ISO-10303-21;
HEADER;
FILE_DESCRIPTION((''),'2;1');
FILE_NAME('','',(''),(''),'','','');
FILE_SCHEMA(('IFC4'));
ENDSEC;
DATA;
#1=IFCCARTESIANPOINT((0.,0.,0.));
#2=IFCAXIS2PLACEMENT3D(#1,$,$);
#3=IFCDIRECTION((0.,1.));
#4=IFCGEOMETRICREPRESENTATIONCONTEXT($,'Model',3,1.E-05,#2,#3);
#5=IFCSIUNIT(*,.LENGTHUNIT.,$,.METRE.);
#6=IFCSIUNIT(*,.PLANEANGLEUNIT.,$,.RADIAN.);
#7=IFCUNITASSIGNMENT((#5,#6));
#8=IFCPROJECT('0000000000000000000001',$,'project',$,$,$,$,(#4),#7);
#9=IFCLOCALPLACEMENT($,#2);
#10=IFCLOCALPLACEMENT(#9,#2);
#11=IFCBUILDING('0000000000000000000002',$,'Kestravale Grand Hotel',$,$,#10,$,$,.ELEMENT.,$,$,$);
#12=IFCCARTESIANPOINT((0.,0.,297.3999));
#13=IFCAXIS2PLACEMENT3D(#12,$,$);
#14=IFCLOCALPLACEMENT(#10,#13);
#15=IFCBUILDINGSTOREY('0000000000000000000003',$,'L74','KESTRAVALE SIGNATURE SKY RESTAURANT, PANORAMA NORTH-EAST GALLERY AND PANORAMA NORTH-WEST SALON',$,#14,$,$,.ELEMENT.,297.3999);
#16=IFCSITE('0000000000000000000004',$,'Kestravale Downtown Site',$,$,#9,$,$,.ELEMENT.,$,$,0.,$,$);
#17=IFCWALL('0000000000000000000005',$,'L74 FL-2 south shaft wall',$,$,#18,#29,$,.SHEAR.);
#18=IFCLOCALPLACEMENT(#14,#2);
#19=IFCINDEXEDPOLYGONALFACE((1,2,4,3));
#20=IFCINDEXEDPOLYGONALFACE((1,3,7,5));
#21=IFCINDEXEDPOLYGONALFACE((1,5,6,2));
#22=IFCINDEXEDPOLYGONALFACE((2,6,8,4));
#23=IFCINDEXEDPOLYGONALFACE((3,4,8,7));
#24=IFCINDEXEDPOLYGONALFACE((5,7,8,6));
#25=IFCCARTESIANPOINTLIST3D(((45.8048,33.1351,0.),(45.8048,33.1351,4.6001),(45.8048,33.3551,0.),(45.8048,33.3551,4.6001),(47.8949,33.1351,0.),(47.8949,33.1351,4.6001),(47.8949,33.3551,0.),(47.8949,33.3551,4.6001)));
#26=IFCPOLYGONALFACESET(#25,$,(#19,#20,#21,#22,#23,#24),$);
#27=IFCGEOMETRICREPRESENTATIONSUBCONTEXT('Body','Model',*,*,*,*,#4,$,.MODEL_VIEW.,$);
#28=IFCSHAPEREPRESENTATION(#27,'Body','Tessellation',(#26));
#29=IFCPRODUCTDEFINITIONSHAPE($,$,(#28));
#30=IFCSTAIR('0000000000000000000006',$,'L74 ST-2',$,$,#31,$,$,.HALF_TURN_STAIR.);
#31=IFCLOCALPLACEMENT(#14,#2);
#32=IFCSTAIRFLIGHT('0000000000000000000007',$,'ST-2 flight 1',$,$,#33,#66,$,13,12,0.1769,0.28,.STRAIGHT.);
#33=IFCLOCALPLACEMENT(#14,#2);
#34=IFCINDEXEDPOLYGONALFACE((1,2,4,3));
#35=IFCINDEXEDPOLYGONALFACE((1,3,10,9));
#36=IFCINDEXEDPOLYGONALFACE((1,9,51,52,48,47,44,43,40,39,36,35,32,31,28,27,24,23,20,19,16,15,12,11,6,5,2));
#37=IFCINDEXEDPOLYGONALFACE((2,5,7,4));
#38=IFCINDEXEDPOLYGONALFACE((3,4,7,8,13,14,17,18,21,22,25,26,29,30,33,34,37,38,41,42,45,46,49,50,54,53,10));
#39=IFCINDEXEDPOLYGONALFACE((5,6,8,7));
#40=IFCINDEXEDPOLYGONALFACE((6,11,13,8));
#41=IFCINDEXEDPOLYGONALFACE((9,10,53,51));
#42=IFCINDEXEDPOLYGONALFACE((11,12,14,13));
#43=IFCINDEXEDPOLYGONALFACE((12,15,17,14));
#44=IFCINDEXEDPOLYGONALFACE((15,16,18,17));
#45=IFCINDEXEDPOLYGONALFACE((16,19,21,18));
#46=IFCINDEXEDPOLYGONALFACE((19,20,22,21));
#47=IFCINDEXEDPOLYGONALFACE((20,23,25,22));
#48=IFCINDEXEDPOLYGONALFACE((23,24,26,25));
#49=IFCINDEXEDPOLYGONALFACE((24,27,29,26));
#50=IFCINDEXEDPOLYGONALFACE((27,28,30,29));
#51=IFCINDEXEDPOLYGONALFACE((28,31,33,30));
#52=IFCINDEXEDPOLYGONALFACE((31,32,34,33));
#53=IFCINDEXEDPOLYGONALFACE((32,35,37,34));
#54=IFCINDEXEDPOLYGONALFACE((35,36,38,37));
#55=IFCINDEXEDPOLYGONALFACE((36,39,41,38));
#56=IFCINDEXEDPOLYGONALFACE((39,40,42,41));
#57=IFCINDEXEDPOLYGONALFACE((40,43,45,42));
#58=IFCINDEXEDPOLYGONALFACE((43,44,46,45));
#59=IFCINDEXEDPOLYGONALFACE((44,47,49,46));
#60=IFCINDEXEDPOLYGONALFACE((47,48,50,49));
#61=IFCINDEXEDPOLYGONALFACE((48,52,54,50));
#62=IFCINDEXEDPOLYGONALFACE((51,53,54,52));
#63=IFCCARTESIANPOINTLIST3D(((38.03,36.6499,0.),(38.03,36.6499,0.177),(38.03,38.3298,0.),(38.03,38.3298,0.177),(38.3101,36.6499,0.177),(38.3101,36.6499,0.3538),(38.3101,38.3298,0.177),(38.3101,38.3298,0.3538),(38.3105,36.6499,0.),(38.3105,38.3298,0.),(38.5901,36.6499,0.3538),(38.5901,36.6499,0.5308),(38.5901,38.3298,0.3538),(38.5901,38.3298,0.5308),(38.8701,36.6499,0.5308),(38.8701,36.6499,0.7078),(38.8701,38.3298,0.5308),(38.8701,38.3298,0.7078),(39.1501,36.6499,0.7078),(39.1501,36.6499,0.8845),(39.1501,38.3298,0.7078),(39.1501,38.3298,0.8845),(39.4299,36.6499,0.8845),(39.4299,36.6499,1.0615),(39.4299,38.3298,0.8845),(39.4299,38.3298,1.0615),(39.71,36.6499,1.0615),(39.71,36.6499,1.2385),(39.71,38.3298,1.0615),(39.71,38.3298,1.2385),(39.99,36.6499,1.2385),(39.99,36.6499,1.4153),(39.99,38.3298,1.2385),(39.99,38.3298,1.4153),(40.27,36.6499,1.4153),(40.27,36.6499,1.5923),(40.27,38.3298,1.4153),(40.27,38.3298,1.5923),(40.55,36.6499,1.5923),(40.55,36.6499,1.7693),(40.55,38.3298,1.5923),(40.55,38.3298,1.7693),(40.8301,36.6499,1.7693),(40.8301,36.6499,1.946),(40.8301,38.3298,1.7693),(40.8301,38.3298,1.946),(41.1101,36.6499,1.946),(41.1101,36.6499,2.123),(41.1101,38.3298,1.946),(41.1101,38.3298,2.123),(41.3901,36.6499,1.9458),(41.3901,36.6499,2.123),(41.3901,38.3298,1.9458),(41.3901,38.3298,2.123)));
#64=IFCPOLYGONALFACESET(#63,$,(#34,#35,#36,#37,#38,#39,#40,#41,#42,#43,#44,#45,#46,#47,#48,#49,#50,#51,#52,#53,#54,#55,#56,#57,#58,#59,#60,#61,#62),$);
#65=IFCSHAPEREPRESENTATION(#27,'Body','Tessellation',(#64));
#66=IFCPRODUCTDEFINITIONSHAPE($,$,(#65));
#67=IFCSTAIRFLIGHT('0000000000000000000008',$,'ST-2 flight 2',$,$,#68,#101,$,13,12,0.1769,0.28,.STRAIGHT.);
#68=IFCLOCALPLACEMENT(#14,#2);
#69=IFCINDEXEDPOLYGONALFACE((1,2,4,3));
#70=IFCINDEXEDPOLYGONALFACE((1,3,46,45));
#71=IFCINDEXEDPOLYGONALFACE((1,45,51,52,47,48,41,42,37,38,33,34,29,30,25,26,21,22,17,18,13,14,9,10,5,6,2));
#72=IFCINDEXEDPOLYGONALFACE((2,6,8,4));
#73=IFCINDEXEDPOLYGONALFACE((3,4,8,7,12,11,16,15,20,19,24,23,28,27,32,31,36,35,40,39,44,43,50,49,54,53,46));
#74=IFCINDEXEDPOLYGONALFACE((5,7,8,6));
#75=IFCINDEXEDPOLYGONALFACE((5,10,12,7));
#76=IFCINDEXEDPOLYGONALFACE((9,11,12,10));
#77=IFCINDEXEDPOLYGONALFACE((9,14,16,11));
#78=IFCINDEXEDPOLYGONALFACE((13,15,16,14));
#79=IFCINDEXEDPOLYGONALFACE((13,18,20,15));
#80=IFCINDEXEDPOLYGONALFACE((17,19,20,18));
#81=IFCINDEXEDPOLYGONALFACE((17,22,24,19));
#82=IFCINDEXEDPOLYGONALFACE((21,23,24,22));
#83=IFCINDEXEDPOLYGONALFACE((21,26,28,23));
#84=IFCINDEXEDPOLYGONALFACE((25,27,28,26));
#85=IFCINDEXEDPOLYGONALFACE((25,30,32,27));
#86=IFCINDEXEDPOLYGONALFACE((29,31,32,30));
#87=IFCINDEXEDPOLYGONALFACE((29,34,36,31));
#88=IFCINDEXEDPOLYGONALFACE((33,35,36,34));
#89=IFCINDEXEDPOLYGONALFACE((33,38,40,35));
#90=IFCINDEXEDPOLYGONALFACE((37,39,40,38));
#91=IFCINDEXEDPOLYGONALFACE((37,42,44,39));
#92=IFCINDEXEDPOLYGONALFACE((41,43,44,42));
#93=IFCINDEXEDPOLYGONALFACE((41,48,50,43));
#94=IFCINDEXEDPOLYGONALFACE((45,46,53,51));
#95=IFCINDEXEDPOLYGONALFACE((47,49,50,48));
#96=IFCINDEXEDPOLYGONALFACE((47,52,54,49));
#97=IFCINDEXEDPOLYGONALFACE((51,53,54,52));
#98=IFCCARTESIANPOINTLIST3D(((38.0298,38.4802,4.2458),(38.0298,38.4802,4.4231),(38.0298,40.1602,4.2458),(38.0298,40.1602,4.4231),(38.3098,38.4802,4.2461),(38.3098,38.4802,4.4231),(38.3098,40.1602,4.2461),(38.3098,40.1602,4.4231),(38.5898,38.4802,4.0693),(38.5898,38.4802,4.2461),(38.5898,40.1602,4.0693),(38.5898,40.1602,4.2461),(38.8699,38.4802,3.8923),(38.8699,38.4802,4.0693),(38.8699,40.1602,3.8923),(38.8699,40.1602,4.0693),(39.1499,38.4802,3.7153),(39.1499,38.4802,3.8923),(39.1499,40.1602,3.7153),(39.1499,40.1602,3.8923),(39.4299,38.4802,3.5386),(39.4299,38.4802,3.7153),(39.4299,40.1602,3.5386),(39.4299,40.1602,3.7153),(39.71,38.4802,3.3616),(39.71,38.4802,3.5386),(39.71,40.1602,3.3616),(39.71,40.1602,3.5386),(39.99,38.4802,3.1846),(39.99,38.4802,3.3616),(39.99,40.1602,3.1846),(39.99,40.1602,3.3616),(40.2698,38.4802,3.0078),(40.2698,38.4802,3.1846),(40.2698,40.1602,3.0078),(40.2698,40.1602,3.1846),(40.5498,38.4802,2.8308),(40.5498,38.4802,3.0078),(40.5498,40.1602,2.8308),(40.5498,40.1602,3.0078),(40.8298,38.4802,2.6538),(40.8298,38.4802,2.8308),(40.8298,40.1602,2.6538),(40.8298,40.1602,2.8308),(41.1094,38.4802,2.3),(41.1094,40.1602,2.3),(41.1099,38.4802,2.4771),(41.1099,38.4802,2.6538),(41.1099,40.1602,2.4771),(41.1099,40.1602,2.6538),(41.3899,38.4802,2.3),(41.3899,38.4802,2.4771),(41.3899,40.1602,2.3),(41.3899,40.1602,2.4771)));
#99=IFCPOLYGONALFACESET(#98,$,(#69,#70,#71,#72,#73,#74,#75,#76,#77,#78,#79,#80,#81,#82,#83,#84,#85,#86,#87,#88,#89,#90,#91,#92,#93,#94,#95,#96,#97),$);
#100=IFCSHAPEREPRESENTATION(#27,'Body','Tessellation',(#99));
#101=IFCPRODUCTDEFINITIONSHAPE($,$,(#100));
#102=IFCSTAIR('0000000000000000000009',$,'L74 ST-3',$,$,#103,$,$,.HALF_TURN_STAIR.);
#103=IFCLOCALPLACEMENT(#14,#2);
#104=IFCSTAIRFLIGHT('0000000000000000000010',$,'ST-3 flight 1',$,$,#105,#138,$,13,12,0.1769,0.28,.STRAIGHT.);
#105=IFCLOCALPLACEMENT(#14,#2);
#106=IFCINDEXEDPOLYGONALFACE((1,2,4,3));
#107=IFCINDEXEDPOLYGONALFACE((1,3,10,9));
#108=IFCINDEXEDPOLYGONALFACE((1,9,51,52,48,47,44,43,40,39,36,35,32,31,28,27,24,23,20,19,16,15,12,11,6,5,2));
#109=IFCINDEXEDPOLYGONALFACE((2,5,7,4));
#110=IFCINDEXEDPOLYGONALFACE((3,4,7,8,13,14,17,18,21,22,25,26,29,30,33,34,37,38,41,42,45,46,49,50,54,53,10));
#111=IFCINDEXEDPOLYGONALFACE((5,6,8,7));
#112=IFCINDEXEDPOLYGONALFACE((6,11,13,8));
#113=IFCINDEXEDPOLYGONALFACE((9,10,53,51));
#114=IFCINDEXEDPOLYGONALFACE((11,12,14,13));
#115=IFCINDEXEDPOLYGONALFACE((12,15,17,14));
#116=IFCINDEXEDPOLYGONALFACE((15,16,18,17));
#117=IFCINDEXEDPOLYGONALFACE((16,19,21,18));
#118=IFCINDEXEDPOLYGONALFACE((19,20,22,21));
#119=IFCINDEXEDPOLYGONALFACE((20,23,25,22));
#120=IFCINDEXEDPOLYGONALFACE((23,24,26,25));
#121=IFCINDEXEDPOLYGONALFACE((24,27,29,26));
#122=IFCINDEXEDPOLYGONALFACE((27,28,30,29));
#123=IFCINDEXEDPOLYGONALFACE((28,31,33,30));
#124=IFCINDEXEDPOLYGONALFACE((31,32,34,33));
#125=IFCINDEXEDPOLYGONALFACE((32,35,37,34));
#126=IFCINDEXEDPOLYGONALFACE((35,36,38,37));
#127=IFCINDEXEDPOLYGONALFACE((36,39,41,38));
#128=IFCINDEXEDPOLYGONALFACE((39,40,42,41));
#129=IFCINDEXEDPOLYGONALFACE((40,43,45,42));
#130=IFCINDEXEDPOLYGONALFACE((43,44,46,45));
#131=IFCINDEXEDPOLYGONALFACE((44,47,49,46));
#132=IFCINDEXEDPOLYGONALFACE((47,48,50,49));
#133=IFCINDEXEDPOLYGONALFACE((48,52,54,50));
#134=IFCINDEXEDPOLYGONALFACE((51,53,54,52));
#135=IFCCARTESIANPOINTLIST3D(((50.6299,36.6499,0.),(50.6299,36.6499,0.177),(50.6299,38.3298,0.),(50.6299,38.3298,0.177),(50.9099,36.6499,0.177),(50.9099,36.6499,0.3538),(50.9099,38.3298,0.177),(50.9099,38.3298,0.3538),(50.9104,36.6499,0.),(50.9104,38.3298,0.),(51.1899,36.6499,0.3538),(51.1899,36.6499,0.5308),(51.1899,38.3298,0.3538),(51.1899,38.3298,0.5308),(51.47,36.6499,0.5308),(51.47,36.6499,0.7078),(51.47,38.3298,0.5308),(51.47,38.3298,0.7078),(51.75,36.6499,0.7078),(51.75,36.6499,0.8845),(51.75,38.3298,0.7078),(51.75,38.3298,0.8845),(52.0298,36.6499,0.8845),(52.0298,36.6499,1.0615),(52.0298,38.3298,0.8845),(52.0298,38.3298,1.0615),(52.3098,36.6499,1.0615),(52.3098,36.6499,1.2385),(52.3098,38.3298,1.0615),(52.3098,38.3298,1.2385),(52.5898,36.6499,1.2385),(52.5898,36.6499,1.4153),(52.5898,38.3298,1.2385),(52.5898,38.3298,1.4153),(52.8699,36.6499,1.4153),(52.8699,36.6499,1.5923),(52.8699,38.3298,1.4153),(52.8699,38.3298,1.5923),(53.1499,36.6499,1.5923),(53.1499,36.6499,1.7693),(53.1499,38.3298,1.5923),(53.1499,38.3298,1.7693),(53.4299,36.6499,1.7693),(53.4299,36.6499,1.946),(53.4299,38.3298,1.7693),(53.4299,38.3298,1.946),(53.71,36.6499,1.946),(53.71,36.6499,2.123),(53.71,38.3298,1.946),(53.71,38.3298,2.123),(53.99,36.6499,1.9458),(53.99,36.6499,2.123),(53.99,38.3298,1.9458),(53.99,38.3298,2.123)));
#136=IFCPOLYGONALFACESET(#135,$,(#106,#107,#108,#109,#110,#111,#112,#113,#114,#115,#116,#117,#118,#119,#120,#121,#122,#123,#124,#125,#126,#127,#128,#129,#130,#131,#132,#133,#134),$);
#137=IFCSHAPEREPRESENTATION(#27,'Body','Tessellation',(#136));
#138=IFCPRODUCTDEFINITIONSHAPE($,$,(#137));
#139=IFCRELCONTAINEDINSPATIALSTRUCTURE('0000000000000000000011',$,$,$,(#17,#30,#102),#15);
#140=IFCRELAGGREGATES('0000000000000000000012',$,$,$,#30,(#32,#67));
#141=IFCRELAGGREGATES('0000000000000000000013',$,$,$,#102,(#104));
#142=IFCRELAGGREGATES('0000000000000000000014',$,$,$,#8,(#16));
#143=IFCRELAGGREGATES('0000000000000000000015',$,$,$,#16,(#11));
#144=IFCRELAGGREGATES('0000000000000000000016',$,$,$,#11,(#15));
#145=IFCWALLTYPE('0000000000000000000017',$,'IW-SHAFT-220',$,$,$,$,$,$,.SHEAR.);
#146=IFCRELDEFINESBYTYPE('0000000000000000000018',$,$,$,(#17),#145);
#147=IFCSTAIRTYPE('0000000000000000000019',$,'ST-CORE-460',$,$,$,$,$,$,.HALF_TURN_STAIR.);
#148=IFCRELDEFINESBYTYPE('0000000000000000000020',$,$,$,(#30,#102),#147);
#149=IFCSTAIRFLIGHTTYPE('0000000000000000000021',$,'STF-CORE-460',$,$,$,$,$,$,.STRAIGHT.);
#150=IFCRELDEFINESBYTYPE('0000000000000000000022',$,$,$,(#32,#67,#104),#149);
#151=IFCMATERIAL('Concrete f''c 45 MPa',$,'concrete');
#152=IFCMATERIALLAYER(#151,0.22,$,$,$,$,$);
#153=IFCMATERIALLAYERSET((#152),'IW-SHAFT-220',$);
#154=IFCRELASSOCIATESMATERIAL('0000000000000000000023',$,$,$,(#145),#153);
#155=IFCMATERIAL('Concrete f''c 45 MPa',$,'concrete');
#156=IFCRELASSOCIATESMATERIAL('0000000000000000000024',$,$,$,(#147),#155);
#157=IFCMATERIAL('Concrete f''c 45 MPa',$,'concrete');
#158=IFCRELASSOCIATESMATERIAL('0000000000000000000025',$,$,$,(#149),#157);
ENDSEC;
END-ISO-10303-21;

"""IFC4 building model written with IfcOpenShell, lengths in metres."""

from ifc_helpers import new_model, si_unit, direction, frame, frame_2d, origin, place, context, subcontext, project, spatial, polyline, rectangle, outline, extrude, material, layer, layer_set, type_object, element, aggregate, save


model = new_model("IFC4")

# Units and contexts
model_context = context("Model", 3, precision=1e-05, world=origin(), true_north=direction((0.0, 1.0)))
body_context = subcontext(model_context, "Body", "Model", "MODEL_VIEW")
ifc_project = project(units=[si_unit("LENGTHUNIT", "METRE"), si_unit("PLANEANGLEUNIT", "RADIAN")], contexts=[model_context])

# Site, building, storey
site_placement = place(None, origin())
site = spatial("IfcSite", under=ifc_project, at=site_placement, Name="Kestravale Downtown Site", CompositionType="ELEMENT", RefElevation=0.0)
building_placement = place(site_placement, origin())
building = spatial("IfcBuilding", under=site, at=building_placement, Name="Kestravale Grand Hotel", CompositionType="ELEMENT")
storey_placement = place(building_placement, frame((0.0, 0.0, 297.3999)))
storey = spatial("IfcBuildingStorey", under=building, at=storey_placement, Name="L74", Description="KESTRAVALE SIGNATURE SKY RESTAURANT, PANORAMA NORTH-EAST GALLERY AND PANORAMA NORTH-WEST SALON", CompositionType="ELEMENT", Elevation=297.3999)

# Shared definitions
ifc_material_1 = material(Name="Concrete f'c 45 MPa", Category="concrete")
ifc_layer_1 = layer(ifc_material_1, 0.22)
ifc_layer_set_1 = layer_set([ifc_layer_1], Name="IW-SHAFT-220")
wall_type_1 = type_object("IfcWallType", Name="IW-SHAFT-220", PredefinedType="SHEAR", material=ifc_layer_set_1)

# Wall
wall_1_placement = place(storey_placement, frame((45.8049, 33.2451, 0.0), z_axis=(0.0, 0.0, 1.0), x_axis=(1.0, 0.0, 0.0)))
element("IfcWall", 1, at=wall_1_placement, inside=storey, type_object=wall_type_1, Name="L74 FL-2 south shaft wall", PredefinedType="SHEAR", context=body_context, shape_type="SweptSolid", body=[
    extrude(rectangle(XDim=2.0901, YDim=0.22, at=frame_2d((1.0449, 0.0))), origin(), (0.0, 0.0, 1.0), 4.6001),
])

# Stair, stair flights
ifc_material_2 = material(Name="Concrete f'c 45 MPa", Category="concrete")
stair_type = type_object("IfcStairType", Name="ST-CORE-460", PredefinedType="HALF_TURN_STAIR", material=ifc_material_2)
stair_1_placement = place(storey_placement, origin())
stair_1 = element("IfcStair", 2, at=stair_1_placement, inside=storey, type_object=stair_type, Name="L74 ST-2", PredefinedType="HALF_TURN_STAIR")
ifc_material_3 = material(Name="Concrete f'c 45 MPa", Category="concrete")
stair_flight_type = type_object("IfcStairFlightType", Name="STF-CORE-460", PredefinedType="STRAIGHT", material=ifc_material_3)
stair_flight_1_placement = place(storey_placement, frame((38.03, 37.49, 0.0), z_axis=(0.0, 0.0, 1.0), x_axis=(1.0, 0.0, 0.0)))
stair_flight_1 = element("IfcStairFlight", 3, at=stair_flight_1_placement, type_object=stair_flight_type, Name="ST-2 flight 1", NumberOfRisers=13, NumberOfTreads=12, PredefinedType="STRAIGHT", RiserHeight=0.1769, TreadLength=0.28, context=body_context, shape_type="SweptSolid", body=[
    extrude(outline(polyline([(0.0, 0.0), (0.0, 0.177), (0.28, 0.177), (0.28, 0.3538), (0.5601, 0.3538), (0.5601, 0.5308), (0.8401, 0.5308), (0.8401, 0.7078), (1.1201, 0.7078), (1.1201, 0.8845), (1.3999, 0.8845), (1.3999, 1.0615), (1.6799, 1.0615), (1.6799, 1.2385), (1.96, 1.2385), (1.96, 1.4153), (2.24, 1.4153), (2.24, 1.5923), (2.52, 1.5923), (2.52, 1.7693), (2.8, 1.7693), (2.8, 1.946), (3.0801, 1.946), (3.0801, 2.123), (3.3601, 2.123), (3.3601, 2.3), (3.3601, 1.9458), (0.2805, 0.0), (0.0, 0.0)])), frame((0.0, 0.8398, 0.0), z_axis=(0.0, -1.0, 0.0), x_axis=(1.0, 0.0, 0.0)), (0.0, 0.0, 1.0), 1.6799),
])
stair_flight_2_placement = place(storey_placement, frame((41.3899, 39.3201, 2.3), z_axis=(0.0, 0.0, 1.0), x_axis=(-1.0, 0.0, 0.0)))
stair_flight_2 = element("IfcStairFlight", 4, at=stair_flight_2_placement, type_object=stair_flight_type, Name="ST-2 flight 2", NumberOfRisers=13, NumberOfTreads=12, PredefinedType="STRAIGHT", RiserHeight=0.1769, TreadLength=0.28, context=body_context, shape_type="SweptSolid", body=[
    extrude(outline(polyline([(0.0, 0.0), (0.0, 0.177), (0.28, 0.177), (0.28, 0.3538), (0.5601, 0.3538), (0.5601, 0.5308), (0.8401, 0.5308), (0.8401, 0.7078), (1.1201, 0.7078), (1.1201, 0.8845), (1.3999, 0.8845), (1.3999, 1.0615), (1.6799, 1.0615), (1.6799, 1.2385), (1.96, 1.2385), (1.96, 1.4153), (2.24, 1.4153), (2.24, 1.5923), (2.52, 1.5923), (2.52, 1.7693), (2.8, 1.7693), (2.8, 1.946), (3.0801, 1.946), (3.0801, 2.123), (3.3601, 2.123), (3.3601, 2.3), (3.3601, 1.9458), (0.2805, 0.0), (0.0, 0.0)])), frame((0.0, 0.8398, 0.0), z_axis=(0.0, -1.0, 0.0), x_axis=(1.0, 0.0, 0.0)), (0.0, 0.0, 1.0), 1.6799),
])
aggregate(stair_1, [stair_flight_1, stair_flight_2])

# Stair, stair flight
stair_2_placement = place(storey_placement, origin())
stair_2 = element("IfcStair", 5, at=stair_2_placement, inside=storey, type_object=stair_type, Name="L74 ST-3", PredefinedType="HALF_TURN_STAIR")
stair_flight_3_placement = place(storey_placement, frame((50.6299, 37.49, 0.0), z_axis=(0.0, 0.0, 1.0), x_axis=(1.0, 0.0, 0.0)))
stair_flight_3 = element("IfcStairFlight", 6, at=stair_flight_3_placement, type_object=stair_flight_type, Name="ST-3 flight 1", NumberOfRisers=13, NumberOfTreads=12, PredefinedType="STRAIGHT", RiserHeight=0.1769, TreadLength=0.28, context=body_context, shape_type="SweptSolid", body=[
    extrude(outline(polyline([(0.0, 0.0), (0.0, 0.177), (0.28, 0.177), (0.28, 0.3538), (0.5601, 0.3538), (0.5601, 0.5308), (0.8401, 0.5308), (0.8401, 0.7078), (1.1201, 0.7078), (1.1201, 0.8845), (1.3999, 0.8845), (1.3999, 1.0615), (1.6799, 1.0615), (1.6799, 1.2385), (1.96, 1.2385), (1.96, 1.4153), (2.24, 1.4153), (2.24, 1.5923), (2.52, 1.5923), (2.52, 1.7693), (2.8, 1.7693), (2.8, 1.946), (3.0801, 1.946), (3.0801, 2.123), (3.3601, 2.123), (3.3601, 2.3), (3.3601, 1.9458), (0.2805, 0.0), (0.0, 0.0)])), frame((0.0, 0.8398, 0.0), z_axis=(0.0, -1.0, 0.0), x_axis=(1.0, 0.0, 0.0)), (0.0, 0.0, 1.0), 1.6799),
])
aggregate(stair_2, [stair_flight_3])

save(model, "model.ifc")
